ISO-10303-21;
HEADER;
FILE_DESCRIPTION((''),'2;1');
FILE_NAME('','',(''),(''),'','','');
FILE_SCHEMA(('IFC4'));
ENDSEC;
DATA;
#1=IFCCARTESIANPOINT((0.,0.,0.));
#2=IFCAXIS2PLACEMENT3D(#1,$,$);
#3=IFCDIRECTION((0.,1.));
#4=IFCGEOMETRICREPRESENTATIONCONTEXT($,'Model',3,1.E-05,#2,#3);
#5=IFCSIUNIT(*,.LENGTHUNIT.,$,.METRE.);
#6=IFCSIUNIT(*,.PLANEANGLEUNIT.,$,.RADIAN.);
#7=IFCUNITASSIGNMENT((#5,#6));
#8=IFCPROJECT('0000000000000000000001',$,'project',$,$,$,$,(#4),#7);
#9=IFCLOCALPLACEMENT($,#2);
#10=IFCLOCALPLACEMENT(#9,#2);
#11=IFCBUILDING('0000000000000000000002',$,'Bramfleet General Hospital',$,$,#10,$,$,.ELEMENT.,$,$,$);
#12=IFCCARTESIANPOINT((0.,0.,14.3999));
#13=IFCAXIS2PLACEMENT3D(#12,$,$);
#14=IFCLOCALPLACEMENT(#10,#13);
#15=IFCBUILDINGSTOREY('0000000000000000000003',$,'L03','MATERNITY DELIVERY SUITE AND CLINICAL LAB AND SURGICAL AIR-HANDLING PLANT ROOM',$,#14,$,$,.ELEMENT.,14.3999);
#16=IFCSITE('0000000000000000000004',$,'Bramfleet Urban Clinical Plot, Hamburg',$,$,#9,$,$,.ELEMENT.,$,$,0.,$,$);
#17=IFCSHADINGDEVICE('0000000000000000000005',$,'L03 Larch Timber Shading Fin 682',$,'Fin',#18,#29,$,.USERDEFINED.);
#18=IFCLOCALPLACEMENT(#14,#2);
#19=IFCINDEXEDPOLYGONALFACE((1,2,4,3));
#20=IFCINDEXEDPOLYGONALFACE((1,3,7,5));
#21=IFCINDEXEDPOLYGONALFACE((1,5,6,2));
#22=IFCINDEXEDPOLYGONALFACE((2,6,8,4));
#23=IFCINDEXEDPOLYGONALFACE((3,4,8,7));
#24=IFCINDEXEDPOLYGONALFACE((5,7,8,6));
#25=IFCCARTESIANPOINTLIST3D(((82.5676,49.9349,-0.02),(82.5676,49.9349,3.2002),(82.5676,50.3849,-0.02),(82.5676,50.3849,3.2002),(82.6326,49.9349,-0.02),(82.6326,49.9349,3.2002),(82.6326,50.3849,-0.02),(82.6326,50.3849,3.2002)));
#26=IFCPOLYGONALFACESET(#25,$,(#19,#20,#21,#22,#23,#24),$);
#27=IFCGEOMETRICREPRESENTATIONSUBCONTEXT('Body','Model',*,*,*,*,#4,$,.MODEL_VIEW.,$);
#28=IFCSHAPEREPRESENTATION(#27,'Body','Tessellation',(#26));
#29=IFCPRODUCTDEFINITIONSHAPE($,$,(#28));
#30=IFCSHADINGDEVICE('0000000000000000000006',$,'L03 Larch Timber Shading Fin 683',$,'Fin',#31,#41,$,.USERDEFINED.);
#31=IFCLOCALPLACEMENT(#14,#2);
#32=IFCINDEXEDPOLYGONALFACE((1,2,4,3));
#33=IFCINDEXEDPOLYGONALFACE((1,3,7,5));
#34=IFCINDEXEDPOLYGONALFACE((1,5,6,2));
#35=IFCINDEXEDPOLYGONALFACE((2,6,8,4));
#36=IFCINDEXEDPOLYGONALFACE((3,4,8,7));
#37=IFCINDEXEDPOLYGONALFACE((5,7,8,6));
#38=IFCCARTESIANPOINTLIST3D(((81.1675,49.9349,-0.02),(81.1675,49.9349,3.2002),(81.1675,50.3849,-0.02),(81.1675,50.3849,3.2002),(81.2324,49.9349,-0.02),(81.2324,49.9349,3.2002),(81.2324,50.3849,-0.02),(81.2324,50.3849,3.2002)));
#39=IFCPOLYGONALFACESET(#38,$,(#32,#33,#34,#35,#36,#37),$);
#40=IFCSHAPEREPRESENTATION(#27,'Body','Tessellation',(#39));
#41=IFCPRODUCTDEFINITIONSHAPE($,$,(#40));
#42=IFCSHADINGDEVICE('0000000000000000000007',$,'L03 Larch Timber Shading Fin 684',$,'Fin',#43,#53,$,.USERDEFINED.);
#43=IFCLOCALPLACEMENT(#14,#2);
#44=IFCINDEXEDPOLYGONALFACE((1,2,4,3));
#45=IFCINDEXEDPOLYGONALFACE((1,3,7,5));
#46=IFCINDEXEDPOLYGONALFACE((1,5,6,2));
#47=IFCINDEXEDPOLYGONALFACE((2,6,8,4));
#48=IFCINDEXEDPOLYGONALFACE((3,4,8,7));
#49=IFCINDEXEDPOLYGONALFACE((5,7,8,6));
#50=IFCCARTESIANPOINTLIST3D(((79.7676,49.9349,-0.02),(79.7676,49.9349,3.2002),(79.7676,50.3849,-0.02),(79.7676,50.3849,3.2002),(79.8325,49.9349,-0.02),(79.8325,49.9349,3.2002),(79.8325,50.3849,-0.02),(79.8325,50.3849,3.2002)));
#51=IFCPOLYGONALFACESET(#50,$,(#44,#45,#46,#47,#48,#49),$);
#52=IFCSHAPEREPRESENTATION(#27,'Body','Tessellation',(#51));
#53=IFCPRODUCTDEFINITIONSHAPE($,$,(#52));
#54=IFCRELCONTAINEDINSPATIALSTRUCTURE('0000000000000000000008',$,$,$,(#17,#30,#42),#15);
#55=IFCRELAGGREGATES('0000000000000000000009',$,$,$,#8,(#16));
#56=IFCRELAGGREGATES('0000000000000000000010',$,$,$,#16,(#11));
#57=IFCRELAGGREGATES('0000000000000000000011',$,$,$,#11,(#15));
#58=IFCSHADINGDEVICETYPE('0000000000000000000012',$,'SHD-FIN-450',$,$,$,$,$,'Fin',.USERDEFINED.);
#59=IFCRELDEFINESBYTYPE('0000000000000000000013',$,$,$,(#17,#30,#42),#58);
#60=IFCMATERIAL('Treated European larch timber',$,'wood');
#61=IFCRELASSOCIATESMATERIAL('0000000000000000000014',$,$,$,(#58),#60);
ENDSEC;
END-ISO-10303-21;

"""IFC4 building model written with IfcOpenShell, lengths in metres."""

from ifc_helpers import new_model, si_unit, direction, frame, origin, origin_2d, place, context, subcontext, project, spatial, rectangle, extrude, material, material_profile, profile_set, type_object, element, save


model = new_model("IFC4")

# Units and contexts
model_context = context("Model", 3, precision=1e-05, world=origin(), true_north=direction((0.0, 1.0)))
body_context = subcontext(model_context, "Body", "Model", "MODEL_VIEW")
ifc_project = project(units=[si_unit("LENGTHUNIT", "METRE"), si_unit("PLANEANGLEUNIT", "RADIAN")], contexts=[model_context])

# Site, building, storey
site_placement = place(None, origin())
site = spatial("IfcSite", under=ifc_project, at=site_placement, Name="Bramfleet Urban Clinical Plot, Hamburg", CompositionType="ELEMENT", RefElevation=0.0)
building_placement = place(site_placement, origin())
building = spatial("IfcBuilding", under=site, at=building_placement, Name="Bramfleet General Hospital", CompositionType="ELEMENT")
storey_placement = place(building_placement, frame((0.0, 0.0, 14.3999)))
storey = spatial("IfcBuildingStorey", under=building, at=storey_placement, Name="L03", Description="MATERNITY DELIVERY SUITE AND CLINICAL LAB AND SURGICAL AIR-HANDLING PLANT ROOM", CompositionType="ELEMENT", Elevation=14.3999)

# Shading devices
ifc_material_1 = material(Name="Treated European larch timber", Category="wood")
ifc_material_profile_1 = material_profile(ifc_material_1, rectangle(XDim=0.0649, YDim=0.45, at=origin_2d()), Name="LARCH FIN 450x65")
ifc_profile_set_1 = profile_set([ifc_material_profile_1], Name="Treated European larch timber")
shading_device_type = type_object("IfcShadingDeviceType", Name="SHD-FIN-450", ElementType="Fin", PredefinedType="USERDEFINED", material=ifc_profile_set_1)
for number, where, z_axis, x_axis, name in (
    (1, (82.6001, 50.1599, -0.02), (0.0, 0.0, 1.0), (-1.0, 0.0, 0.0), "L03 Larch Timber Shading Fin 682"),
    (2, (81.2, 50.1599, -0.02), (0.0, 0.0, 1.0), (-1.0, 0.0, 0.0), "L03 Larch Timber Shading Fin 683"),
    (3, (79.8, 50.1599, -0.02), (0.0, 0.0, 1.0), (-1.0, 0.0, 0.0), "L03 Larch Timber Shading Fin 684"),
):
    element("IfcShadingDevice", number, at=place(storey_placement, frame(where, z_axis=z_axis, x_axis=x_axis)), inside=storey, type_object=shading_device_type, Name=name, ObjectType="Fin", PredefinedType="USERDEFINED", context=body_context, shape_type="SweptSolid", body=[
        extrude(rectangle(XDim=0.0649, YDim=0.45, at=origin_2d()), origin(), (0.0, 0.0, 1.0), 3.2202),
    ])

save(model, "model.ifc")
